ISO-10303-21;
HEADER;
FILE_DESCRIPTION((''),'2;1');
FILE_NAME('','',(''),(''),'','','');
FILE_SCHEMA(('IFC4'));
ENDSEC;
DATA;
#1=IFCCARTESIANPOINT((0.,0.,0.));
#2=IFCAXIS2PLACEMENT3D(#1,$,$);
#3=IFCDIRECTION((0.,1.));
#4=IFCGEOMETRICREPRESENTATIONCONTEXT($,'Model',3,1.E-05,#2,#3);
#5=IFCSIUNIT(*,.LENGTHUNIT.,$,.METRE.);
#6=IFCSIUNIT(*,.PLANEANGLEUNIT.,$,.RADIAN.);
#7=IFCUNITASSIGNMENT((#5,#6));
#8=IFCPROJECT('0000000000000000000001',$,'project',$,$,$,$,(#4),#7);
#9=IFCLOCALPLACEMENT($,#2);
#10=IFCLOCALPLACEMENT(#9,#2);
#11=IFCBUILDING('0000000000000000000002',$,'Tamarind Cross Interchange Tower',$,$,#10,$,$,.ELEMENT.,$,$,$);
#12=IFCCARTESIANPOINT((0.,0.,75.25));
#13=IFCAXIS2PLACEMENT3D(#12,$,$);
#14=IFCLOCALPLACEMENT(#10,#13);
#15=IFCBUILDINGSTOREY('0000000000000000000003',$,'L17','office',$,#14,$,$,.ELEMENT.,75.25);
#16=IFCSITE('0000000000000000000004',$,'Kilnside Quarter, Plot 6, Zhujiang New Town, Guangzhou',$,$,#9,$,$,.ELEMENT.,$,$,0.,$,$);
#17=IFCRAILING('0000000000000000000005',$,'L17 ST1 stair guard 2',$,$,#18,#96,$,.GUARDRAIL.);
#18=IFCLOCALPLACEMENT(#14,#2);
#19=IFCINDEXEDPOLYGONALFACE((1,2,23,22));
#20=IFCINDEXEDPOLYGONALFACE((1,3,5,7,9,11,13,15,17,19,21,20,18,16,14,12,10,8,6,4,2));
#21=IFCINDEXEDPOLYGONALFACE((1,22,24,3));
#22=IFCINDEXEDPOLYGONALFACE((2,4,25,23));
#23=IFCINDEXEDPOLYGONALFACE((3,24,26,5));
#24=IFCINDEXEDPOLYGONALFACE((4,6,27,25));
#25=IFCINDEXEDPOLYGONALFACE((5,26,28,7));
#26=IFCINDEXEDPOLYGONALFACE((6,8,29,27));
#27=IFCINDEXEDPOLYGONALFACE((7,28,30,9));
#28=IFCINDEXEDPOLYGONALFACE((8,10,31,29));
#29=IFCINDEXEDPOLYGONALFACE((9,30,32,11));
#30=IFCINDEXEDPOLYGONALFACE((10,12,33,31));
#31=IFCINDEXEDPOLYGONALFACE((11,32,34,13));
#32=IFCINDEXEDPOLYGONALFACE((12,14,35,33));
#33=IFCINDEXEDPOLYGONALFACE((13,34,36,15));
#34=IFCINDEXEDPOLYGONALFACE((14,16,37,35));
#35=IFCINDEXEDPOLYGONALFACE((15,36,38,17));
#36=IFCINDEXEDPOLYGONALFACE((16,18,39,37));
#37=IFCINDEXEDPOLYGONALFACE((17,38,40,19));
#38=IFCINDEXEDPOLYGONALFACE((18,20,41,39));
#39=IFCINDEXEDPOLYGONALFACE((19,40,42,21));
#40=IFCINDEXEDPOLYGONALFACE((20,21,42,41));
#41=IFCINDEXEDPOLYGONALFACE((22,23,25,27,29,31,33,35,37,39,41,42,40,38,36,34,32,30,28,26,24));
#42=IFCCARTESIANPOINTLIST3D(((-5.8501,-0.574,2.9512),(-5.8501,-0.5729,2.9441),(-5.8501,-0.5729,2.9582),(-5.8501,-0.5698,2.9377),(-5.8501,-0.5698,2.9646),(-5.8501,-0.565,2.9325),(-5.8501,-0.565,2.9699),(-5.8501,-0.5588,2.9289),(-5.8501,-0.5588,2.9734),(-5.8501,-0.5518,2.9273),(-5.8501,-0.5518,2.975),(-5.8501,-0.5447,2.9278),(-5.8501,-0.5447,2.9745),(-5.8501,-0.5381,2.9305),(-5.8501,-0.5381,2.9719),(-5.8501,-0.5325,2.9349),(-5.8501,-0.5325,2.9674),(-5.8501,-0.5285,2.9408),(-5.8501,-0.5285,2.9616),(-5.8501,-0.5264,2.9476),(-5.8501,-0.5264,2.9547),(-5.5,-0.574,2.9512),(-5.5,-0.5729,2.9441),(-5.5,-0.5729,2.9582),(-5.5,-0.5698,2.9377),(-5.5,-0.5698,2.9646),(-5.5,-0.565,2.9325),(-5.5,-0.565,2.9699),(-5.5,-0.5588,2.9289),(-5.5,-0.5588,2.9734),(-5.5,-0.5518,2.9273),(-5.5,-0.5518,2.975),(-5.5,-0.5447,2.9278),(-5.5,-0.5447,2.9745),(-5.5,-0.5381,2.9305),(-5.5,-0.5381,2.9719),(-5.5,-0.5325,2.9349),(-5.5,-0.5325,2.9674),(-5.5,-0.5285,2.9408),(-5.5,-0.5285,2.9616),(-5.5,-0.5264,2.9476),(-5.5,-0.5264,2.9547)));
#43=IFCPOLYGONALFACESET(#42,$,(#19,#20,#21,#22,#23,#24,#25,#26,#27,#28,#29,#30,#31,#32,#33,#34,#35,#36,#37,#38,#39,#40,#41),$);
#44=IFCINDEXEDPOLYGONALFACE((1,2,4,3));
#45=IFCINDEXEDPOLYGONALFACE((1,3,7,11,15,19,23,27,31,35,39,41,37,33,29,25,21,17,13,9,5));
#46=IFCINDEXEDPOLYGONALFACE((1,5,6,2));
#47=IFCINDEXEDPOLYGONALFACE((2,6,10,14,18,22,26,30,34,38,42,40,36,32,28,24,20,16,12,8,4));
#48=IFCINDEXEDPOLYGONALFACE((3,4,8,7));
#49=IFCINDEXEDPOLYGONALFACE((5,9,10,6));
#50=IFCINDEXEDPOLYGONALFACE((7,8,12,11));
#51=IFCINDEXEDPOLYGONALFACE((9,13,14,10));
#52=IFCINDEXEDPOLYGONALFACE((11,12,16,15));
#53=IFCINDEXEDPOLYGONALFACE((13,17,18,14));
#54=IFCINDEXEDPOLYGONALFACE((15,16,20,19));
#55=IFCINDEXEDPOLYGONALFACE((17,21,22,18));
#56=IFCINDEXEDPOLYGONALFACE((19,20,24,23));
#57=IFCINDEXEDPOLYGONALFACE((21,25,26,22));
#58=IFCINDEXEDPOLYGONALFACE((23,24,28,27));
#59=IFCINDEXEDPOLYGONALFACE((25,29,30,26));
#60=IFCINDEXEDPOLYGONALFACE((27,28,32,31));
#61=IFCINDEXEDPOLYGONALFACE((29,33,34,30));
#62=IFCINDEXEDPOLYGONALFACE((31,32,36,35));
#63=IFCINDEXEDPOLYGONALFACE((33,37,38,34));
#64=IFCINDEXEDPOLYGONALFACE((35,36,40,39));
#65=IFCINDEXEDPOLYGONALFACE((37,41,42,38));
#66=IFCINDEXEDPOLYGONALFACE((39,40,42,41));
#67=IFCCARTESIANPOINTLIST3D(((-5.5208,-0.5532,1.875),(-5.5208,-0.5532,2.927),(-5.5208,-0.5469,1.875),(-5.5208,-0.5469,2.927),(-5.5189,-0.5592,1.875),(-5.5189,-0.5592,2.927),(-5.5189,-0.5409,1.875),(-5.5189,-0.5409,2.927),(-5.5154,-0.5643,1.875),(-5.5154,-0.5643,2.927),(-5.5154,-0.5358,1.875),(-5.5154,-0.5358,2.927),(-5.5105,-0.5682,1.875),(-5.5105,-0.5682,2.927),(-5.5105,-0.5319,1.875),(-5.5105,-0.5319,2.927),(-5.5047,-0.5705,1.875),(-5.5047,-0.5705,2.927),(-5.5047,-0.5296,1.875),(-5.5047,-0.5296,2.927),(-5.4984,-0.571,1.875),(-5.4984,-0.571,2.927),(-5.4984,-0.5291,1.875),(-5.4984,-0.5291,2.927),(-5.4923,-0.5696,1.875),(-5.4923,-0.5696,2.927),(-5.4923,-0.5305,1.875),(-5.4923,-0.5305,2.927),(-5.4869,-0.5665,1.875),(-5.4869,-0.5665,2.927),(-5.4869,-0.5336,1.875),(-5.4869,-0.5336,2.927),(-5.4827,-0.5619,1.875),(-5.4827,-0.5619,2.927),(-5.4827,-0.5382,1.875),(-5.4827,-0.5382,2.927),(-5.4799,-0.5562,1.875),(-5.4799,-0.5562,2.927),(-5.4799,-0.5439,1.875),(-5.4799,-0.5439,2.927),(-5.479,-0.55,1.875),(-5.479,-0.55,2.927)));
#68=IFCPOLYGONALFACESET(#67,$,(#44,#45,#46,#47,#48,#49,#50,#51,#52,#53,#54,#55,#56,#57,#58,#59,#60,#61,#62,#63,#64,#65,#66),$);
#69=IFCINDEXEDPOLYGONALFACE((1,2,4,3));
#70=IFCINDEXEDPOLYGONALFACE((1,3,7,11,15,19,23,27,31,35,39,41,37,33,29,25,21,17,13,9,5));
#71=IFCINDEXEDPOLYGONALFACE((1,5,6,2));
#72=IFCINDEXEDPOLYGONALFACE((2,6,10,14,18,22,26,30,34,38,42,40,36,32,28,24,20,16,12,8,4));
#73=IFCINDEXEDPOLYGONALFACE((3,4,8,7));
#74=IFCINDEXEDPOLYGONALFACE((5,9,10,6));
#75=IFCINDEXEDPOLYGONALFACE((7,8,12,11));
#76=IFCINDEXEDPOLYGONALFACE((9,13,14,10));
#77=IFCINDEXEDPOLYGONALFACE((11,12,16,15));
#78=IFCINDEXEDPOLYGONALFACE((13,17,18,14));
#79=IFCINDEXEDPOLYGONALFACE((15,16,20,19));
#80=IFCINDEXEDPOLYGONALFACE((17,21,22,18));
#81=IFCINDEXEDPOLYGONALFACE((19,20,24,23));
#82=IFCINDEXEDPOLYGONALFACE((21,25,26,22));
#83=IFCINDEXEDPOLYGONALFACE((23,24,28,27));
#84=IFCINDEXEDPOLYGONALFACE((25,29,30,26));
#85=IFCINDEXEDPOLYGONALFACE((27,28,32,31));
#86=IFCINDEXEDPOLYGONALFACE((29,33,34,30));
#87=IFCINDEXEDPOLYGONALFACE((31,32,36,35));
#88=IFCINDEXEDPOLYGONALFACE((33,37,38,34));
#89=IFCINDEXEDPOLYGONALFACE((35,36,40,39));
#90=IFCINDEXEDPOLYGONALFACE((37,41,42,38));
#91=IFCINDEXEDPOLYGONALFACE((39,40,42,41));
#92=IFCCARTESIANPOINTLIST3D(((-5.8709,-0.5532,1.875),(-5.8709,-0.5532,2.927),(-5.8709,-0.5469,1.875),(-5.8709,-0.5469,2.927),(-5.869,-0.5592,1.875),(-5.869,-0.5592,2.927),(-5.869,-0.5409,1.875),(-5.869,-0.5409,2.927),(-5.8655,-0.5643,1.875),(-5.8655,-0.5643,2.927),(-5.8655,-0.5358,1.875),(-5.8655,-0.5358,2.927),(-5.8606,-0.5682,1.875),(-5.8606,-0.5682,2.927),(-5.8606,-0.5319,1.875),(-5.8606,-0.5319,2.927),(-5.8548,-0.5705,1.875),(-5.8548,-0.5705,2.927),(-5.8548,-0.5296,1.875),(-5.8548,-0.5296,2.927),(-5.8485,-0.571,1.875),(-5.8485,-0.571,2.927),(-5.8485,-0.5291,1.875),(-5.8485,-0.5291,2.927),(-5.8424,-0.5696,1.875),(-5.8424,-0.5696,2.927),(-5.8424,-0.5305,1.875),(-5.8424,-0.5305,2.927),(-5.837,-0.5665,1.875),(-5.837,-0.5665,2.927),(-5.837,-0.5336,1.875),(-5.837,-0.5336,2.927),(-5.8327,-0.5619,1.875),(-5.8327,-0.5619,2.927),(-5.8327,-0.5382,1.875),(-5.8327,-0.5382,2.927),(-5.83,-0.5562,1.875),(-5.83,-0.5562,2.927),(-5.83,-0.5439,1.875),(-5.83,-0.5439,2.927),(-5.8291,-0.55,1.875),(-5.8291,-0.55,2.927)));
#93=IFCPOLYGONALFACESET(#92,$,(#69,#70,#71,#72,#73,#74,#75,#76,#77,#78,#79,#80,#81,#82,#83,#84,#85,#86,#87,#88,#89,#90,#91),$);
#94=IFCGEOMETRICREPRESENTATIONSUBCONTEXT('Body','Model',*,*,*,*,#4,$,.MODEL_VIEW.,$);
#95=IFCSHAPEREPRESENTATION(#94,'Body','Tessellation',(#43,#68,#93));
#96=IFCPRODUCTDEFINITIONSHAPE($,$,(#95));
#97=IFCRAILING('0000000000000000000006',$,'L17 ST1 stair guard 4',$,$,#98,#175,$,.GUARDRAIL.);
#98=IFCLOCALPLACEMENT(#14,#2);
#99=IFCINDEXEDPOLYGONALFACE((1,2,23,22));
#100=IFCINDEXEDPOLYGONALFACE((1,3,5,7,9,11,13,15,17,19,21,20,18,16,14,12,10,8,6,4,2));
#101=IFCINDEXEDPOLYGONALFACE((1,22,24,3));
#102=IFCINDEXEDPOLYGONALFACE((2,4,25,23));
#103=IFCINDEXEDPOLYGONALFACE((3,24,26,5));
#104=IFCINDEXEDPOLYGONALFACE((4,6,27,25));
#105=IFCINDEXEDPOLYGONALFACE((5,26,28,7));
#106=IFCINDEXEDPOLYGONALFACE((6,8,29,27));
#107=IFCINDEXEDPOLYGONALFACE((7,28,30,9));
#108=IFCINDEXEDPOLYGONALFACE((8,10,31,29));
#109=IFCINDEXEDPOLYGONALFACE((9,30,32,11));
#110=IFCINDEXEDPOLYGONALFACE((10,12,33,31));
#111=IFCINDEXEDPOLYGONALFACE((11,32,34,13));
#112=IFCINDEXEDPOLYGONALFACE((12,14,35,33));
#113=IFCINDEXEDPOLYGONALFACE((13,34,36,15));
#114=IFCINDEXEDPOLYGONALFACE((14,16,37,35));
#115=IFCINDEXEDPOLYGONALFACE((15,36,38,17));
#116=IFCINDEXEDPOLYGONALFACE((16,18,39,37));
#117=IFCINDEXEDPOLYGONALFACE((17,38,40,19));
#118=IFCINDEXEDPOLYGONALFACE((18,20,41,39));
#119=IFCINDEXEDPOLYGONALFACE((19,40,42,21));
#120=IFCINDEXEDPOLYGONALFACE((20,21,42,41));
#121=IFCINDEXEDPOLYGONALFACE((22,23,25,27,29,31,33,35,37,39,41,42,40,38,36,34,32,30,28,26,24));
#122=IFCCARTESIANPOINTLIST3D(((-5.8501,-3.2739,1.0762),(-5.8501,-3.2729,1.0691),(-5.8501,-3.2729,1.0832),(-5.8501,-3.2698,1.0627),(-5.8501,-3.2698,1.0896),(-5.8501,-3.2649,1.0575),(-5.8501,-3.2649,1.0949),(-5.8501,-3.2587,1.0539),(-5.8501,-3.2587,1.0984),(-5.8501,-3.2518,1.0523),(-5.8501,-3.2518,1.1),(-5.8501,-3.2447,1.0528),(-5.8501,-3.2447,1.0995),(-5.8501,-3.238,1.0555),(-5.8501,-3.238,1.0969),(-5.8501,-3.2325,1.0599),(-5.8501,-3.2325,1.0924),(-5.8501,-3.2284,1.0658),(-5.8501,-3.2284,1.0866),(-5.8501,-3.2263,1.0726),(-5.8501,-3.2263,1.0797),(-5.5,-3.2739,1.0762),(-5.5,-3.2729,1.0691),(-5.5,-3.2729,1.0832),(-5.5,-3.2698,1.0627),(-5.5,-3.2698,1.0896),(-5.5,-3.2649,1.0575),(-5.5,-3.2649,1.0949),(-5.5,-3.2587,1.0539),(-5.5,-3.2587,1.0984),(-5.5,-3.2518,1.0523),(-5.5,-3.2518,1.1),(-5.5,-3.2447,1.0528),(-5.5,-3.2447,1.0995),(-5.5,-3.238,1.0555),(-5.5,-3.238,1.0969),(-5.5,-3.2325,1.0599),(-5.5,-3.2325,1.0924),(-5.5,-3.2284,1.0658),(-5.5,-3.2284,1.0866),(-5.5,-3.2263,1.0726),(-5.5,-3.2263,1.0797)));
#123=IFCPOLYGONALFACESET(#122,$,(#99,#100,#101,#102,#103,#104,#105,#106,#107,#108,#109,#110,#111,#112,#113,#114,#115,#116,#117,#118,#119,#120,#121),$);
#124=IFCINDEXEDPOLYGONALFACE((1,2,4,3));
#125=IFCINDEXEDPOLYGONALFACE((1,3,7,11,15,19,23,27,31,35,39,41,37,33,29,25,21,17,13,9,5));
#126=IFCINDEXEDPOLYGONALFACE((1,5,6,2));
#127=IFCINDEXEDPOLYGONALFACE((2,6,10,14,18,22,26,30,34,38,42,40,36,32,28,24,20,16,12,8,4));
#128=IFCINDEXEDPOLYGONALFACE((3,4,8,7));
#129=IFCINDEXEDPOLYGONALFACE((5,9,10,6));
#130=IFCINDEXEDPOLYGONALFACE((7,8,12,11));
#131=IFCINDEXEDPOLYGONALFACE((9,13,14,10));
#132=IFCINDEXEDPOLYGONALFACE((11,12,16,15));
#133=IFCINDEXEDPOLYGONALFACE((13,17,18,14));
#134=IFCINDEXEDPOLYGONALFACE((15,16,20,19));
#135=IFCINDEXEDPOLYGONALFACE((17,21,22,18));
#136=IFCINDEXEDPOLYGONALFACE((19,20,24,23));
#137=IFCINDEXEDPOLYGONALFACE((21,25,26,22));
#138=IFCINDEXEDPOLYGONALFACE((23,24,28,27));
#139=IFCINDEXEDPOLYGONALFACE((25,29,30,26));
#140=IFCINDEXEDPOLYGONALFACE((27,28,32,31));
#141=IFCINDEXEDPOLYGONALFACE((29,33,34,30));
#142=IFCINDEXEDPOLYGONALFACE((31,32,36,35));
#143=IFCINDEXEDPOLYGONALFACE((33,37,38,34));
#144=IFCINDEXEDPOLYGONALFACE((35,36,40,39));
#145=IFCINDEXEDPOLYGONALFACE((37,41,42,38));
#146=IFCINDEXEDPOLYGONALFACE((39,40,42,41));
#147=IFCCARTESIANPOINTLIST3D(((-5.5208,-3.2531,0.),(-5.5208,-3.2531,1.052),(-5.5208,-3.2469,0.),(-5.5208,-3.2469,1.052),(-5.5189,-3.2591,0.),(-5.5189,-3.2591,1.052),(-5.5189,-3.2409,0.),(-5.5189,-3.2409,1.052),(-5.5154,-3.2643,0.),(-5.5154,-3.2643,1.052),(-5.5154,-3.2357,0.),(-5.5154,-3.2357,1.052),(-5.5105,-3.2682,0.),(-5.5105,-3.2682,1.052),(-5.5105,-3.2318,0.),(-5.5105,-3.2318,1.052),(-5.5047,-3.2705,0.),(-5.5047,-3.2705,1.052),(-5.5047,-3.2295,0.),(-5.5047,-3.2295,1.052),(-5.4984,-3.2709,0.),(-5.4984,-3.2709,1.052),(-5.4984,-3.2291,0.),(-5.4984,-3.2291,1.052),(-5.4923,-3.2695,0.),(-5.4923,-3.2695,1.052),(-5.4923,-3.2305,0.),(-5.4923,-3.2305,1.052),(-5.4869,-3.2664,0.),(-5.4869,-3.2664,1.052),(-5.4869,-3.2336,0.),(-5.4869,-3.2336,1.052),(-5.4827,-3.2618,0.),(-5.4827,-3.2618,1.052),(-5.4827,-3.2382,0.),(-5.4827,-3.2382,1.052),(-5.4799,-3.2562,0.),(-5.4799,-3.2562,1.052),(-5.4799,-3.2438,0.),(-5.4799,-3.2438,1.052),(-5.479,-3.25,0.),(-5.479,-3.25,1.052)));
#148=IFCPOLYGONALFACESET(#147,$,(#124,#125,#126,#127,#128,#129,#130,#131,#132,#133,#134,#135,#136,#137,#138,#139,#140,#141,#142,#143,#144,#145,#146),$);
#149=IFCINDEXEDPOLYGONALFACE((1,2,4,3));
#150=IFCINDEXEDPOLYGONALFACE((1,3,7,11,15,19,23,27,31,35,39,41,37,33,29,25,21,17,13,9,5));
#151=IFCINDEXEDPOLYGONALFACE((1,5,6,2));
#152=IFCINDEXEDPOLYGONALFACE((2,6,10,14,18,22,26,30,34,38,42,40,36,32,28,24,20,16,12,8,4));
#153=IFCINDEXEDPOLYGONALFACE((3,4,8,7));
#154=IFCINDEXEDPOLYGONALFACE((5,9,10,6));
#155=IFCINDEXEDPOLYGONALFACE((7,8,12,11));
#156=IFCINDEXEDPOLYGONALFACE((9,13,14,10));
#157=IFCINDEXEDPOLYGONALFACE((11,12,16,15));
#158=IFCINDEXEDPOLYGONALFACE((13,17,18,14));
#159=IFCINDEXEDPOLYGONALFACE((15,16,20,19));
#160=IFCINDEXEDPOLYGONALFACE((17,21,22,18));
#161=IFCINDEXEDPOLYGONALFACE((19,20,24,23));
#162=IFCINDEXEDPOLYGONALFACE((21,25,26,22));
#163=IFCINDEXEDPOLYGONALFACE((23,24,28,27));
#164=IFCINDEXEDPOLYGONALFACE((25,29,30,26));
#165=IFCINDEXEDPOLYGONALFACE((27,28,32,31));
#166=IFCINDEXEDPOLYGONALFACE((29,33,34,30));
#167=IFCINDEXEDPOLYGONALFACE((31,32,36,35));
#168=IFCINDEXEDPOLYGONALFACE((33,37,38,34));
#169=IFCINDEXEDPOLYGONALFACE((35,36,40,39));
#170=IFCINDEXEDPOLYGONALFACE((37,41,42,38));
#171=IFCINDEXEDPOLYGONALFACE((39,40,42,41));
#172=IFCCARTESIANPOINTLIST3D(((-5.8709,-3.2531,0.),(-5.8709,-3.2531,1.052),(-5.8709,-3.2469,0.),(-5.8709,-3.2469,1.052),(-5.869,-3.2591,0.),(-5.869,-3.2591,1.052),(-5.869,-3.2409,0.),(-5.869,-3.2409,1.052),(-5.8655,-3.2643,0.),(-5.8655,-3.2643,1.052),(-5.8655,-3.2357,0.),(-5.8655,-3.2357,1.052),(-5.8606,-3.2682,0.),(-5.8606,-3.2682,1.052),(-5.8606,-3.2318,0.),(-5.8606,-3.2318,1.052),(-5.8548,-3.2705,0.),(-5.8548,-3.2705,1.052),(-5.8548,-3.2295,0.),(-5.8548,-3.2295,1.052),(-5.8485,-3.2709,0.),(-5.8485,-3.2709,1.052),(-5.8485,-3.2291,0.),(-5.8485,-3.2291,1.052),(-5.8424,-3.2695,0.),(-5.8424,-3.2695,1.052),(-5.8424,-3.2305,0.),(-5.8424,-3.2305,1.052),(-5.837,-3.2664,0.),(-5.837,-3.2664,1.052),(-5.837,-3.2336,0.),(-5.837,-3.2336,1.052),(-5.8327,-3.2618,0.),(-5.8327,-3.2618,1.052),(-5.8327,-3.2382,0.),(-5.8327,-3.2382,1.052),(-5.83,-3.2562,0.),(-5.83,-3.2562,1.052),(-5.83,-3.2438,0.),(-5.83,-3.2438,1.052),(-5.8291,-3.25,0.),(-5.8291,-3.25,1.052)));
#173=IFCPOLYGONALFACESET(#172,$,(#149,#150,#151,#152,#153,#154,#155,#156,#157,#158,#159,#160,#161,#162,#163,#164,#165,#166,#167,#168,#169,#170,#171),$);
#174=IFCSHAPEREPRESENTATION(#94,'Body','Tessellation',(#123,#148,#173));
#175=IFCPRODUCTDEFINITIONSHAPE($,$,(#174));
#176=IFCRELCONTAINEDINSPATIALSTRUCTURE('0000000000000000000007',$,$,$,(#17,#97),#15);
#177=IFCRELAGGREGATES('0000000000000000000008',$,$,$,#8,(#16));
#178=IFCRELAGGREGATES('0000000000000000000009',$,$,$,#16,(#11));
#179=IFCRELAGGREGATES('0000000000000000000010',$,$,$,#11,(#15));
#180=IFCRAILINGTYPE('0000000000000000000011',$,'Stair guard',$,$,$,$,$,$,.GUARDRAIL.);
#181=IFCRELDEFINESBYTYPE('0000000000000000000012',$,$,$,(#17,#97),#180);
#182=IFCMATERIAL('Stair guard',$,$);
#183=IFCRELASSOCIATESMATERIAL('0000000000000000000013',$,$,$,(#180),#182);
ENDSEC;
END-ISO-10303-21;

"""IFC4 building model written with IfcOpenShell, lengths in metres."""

from ifc_helpers import new_model, si_unit, direction, frame, origin, origin_2d, place, context, subcontext, project, spatial, circle, extrude, material, type_object, element, save


model = new_model("IFC4")

# Units and contexts
model_context = context("Model", 3, precision=1e-05, world=origin(), true_north=direction((0.0, 1.0)))
body_context = subcontext(model_context, "Body", "Model", "MODEL_VIEW")
ifc_project = project(units=[si_unit("LENGTHUNIT", "METRE"), si_unit("PLANEANGLEUNIT", "RADIAN")], contexts=[model_context])

# Site, building, storey
site_placement = place(None, origin())
site = spatial("IfcSite", under=ifc_project, at=site_placement, Name="Kilnside Quarter, Plot 6, Zhujiang New Town, Guangzhou", CompositionType="ELEMENT", RefElevation=0.0)
building_placement = place(site_placement, origin())
building = spatial("IfcBuilding", under=site, at=building_placement, Name="Tamarind Cross Interchange Tower", CompositionType="ELEMENT")
storey_placement = place(building_placement, frame((0.0, 0.0, 75.25)))
storey = spatial("IfcBuildingStorey", under=building, at=storey_placement, Name="L17", Description="office", CompositionType="ELEMENT", Elevation=75.25)

# Railings
ifc_material_1 = material(Name="Stair guard")
railing_type_1 = type_object("IfcRailingType", Name="Stair guard", PredefinedType="GUARDRAIL", material=ifc_material_1)
for number, where, name in (
    (1, (-5.5, -0.55, 1.875), "L17 ST1 stair guard 2"),
    (2, (-5.5, -3.25, 0.0), "L17 ST1 stair guard 4"),
):
    element("IfcRailing", number, at=place(storey_placement, frame(where)), inside=storey, type_object=railing_type_1, Name=name, PredefinedType="GUARDRAIL", context=body_context, shape_type="SweptSolid", body=[
        extrude(circle(Radius=0.0239, at=origin_2d()), frame((0.0, 0.0, 1.0762), z_axis=(-1.0, 0.0, 0.0), x_axis=(0.0, -1.0, 0.0)), (0.0, 0.0, 1.0), 0.3501),
        extrude(circle(Radius=0.021, at=origin_2d()), origin(), (0.0, 0.0, 1.0), 1.052),
        extrude(circle(Radius=0.021, at=origin_2d()), frame((-0.3501, 0.0, 0.0)), (0.0, 0.0, 1.0), 1.052),
    ])

save(model, "model.ifc")
